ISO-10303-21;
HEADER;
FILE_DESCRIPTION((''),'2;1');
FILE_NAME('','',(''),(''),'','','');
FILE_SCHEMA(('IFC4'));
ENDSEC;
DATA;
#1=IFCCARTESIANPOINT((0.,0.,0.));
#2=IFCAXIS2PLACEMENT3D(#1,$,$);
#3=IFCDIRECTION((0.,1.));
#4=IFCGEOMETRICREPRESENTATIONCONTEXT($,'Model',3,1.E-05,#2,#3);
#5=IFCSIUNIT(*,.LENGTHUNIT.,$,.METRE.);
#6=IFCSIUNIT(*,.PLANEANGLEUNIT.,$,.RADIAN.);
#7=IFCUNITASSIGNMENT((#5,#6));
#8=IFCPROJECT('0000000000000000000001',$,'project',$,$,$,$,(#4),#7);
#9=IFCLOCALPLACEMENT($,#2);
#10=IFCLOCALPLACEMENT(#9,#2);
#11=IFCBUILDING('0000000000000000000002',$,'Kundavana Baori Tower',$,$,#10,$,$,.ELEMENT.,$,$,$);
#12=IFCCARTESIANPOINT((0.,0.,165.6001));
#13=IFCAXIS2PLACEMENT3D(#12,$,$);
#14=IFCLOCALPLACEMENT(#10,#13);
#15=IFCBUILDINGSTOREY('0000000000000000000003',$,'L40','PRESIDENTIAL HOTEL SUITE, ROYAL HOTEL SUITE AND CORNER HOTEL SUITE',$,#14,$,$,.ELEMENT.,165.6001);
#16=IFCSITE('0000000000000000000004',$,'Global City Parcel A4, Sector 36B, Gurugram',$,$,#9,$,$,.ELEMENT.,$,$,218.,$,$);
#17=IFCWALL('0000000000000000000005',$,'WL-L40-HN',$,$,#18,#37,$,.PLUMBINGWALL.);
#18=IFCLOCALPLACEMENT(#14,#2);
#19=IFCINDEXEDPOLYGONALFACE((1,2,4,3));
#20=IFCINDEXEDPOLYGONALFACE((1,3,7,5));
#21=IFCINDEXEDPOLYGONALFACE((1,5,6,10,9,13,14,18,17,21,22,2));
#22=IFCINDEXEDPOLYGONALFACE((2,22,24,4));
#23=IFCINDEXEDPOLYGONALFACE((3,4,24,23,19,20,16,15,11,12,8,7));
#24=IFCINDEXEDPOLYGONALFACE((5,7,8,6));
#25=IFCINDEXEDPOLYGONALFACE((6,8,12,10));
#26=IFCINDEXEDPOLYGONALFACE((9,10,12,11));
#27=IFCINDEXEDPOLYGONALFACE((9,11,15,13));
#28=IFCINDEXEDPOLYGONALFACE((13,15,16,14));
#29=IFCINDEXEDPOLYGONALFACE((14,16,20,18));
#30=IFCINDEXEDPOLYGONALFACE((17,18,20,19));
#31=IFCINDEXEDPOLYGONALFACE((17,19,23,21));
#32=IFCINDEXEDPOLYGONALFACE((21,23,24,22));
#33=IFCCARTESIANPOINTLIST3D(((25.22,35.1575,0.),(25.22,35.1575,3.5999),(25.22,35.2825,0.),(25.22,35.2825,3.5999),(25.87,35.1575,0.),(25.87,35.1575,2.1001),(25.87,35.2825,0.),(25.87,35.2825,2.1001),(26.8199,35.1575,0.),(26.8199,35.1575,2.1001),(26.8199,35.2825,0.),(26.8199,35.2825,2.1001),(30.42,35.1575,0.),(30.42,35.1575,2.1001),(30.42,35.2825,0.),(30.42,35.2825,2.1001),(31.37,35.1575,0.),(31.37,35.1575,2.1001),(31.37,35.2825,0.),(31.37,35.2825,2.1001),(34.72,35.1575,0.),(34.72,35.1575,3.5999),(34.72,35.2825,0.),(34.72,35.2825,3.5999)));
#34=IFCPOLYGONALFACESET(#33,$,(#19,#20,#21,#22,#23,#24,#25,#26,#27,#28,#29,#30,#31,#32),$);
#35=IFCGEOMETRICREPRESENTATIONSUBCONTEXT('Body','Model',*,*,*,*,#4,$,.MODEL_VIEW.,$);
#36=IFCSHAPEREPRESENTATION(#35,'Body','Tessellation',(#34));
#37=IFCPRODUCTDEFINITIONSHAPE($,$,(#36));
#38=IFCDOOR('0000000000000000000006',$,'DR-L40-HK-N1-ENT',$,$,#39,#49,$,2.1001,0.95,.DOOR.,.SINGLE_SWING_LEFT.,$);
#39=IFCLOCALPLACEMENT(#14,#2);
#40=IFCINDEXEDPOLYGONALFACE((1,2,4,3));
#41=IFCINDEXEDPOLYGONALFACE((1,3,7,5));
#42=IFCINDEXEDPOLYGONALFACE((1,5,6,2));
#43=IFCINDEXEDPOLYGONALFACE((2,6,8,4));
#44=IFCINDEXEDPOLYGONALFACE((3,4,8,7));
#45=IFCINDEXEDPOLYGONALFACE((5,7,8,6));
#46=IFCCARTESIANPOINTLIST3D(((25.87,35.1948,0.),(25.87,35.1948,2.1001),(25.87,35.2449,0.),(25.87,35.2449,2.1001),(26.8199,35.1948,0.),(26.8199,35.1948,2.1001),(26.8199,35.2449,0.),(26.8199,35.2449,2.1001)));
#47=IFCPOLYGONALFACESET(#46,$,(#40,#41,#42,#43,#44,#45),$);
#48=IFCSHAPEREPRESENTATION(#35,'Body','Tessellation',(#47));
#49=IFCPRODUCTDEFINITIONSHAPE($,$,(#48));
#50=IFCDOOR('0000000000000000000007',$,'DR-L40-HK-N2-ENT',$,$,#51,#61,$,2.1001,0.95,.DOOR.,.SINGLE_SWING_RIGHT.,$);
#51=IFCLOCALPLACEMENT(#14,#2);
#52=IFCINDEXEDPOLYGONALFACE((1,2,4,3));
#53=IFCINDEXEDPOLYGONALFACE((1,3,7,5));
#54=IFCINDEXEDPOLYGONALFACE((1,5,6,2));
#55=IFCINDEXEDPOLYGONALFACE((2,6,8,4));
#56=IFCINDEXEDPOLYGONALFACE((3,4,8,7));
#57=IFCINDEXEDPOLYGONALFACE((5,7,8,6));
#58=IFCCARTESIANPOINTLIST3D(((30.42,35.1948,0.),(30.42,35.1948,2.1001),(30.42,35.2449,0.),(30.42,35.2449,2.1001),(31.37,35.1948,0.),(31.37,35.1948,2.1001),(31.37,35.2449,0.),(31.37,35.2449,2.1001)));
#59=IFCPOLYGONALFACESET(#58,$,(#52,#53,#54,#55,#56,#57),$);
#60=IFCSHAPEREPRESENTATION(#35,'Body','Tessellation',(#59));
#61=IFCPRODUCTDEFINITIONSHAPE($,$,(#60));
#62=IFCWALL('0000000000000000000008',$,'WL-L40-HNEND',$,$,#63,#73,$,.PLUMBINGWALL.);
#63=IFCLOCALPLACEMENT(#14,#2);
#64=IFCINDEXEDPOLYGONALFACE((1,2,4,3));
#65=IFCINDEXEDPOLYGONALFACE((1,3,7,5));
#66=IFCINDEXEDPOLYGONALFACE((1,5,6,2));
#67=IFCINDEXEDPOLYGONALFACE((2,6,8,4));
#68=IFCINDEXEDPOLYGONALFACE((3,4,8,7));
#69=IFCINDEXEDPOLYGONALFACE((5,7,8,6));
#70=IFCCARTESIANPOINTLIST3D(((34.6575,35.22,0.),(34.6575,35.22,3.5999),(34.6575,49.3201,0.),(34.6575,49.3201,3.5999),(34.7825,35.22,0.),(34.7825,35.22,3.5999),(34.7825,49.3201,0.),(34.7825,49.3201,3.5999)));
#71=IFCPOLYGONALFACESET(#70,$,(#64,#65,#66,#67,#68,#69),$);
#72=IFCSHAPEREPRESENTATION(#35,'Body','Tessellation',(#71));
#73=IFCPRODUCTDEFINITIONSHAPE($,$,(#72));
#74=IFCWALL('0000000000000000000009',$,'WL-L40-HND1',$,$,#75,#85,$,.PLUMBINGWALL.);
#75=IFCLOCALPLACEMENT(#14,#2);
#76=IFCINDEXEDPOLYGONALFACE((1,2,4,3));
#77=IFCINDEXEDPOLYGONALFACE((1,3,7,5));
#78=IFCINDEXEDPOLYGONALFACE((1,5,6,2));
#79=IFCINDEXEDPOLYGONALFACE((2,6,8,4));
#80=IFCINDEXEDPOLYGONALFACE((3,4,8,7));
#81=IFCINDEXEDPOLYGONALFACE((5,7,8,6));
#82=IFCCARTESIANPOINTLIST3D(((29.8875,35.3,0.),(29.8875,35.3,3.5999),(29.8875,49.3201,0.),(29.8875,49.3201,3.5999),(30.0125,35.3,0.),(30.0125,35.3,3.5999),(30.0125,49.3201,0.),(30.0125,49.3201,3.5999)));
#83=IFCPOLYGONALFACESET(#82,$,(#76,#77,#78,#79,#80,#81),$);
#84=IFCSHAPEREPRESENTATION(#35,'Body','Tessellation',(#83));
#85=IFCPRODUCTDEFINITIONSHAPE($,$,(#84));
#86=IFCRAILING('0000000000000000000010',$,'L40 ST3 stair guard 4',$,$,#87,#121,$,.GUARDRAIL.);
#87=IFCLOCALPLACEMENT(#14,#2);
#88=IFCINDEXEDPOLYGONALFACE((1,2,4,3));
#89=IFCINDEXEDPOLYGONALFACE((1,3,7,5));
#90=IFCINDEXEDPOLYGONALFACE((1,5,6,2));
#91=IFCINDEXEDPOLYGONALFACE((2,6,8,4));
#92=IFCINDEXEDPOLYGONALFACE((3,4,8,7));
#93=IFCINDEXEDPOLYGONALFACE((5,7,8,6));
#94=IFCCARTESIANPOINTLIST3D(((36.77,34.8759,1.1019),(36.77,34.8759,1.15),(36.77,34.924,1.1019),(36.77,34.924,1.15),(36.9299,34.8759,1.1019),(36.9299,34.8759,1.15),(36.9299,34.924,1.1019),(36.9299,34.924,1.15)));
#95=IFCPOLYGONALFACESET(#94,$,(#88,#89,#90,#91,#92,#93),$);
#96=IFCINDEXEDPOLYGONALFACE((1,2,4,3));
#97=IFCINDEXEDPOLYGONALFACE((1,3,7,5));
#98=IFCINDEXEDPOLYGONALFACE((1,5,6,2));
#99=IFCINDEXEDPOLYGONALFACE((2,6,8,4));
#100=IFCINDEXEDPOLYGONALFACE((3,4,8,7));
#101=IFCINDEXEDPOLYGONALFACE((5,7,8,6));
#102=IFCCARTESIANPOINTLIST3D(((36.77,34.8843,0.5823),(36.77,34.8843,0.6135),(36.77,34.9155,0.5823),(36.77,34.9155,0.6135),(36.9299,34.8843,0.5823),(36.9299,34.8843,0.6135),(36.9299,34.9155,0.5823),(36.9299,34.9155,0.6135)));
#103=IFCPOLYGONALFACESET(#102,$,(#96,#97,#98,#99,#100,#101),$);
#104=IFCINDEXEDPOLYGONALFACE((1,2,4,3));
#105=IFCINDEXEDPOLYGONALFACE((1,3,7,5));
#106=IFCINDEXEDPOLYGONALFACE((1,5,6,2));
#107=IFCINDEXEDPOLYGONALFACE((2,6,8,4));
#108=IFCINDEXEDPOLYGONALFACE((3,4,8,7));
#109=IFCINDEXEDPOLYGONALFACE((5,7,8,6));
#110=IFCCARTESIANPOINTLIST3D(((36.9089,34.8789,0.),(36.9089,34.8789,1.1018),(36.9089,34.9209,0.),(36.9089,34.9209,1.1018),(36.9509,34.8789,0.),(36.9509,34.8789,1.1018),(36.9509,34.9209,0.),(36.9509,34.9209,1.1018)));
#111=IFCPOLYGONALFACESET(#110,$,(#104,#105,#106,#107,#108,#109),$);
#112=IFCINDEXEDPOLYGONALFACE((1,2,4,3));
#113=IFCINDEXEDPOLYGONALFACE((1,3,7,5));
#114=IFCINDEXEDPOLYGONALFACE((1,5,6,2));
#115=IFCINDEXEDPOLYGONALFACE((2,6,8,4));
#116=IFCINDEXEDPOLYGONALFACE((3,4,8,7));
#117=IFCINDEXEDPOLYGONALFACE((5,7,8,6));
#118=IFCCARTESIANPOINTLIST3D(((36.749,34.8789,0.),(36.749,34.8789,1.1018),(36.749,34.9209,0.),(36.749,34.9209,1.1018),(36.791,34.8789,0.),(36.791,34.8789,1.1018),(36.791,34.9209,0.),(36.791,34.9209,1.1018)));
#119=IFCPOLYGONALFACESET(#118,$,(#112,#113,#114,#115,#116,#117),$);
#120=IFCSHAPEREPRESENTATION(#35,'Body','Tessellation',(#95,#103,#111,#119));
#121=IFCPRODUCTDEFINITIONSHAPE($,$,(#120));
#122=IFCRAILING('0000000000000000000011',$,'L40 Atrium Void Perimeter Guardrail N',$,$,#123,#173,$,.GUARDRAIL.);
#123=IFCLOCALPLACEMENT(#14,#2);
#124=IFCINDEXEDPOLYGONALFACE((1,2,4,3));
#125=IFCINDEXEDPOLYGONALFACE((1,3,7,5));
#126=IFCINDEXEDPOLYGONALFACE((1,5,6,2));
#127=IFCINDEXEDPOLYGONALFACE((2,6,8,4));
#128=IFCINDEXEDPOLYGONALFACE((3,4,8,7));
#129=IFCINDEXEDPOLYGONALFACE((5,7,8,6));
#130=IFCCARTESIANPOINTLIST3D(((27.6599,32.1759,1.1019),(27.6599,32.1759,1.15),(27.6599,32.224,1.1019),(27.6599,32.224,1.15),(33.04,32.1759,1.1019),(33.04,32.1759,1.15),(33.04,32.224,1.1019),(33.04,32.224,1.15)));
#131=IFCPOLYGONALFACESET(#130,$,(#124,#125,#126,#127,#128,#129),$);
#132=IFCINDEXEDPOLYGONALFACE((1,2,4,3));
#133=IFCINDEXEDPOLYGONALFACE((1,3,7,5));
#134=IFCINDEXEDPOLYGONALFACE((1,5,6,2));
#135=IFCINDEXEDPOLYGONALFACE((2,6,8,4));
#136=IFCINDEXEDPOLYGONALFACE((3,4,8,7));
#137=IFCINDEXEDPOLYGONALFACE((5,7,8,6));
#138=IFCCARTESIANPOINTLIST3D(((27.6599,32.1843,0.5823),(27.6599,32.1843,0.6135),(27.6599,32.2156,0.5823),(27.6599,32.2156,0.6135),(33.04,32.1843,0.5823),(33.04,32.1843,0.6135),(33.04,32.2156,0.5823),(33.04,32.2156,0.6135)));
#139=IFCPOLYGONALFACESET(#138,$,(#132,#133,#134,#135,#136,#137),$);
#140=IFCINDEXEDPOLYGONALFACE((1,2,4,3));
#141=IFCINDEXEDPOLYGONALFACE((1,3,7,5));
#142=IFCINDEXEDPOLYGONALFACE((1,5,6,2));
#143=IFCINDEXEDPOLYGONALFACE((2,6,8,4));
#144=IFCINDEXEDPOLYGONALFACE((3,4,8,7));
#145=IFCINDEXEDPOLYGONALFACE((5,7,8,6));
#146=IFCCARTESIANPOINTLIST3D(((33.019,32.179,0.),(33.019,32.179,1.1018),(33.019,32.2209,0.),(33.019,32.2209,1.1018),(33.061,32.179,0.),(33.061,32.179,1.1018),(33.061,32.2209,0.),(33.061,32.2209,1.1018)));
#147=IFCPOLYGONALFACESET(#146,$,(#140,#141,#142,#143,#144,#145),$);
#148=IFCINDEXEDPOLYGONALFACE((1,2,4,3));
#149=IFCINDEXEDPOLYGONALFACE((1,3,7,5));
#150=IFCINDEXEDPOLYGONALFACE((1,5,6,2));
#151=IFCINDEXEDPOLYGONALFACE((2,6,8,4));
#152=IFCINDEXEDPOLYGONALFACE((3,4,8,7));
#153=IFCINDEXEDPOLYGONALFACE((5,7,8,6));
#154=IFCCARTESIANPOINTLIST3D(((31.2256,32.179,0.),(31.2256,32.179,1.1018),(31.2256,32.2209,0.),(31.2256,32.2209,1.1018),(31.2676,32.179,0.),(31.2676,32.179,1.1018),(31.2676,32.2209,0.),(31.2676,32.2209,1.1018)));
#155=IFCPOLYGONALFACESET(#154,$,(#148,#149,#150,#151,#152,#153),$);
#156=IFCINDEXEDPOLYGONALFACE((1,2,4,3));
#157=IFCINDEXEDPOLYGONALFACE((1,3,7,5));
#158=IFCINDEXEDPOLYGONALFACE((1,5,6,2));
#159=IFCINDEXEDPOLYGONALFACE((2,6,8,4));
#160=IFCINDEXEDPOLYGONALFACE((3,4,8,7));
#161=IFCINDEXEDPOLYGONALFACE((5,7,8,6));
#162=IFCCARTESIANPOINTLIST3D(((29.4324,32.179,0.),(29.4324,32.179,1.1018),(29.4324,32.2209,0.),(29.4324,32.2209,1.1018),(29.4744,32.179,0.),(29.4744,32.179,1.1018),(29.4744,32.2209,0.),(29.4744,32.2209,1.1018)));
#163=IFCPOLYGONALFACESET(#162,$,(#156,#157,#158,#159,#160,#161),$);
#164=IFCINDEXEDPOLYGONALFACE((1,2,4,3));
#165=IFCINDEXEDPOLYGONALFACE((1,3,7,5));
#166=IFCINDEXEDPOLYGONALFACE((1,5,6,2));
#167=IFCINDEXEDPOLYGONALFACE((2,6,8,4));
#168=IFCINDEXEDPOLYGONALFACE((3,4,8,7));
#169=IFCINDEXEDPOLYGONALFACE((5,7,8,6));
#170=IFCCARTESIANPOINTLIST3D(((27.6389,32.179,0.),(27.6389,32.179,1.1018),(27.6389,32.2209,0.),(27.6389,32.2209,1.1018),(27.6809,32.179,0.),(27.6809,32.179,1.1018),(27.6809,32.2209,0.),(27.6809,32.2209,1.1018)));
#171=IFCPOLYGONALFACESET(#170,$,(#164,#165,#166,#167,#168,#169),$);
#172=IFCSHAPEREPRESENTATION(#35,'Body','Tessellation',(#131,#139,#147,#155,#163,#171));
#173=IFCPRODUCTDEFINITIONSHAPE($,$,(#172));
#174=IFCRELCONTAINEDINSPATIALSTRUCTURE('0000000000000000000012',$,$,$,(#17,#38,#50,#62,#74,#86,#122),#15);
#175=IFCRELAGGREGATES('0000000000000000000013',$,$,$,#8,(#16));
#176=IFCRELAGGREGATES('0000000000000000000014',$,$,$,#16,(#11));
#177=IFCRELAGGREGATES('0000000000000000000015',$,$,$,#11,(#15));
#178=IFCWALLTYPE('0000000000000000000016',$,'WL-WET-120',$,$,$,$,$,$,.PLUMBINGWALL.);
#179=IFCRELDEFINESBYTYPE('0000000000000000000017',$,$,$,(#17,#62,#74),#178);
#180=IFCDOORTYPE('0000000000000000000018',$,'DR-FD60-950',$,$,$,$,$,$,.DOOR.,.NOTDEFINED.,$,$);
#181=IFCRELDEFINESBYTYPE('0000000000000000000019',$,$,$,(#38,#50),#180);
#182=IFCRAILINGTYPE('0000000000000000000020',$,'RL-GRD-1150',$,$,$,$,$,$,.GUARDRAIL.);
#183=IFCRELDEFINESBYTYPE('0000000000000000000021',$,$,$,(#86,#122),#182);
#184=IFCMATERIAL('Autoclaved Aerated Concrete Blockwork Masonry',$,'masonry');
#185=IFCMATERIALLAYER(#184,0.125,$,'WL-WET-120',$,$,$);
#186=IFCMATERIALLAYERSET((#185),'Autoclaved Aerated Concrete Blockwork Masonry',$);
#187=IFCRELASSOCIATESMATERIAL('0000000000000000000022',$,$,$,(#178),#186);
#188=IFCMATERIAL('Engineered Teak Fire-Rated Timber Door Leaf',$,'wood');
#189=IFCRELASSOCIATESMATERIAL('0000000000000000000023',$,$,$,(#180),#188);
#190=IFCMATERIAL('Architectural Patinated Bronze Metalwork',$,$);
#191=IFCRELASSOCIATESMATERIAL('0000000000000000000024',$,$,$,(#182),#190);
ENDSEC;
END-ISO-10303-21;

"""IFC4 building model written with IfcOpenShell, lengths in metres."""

from ifc_helpers import new_model, si_unit, direction, frame, frame_2d, origin, origin_2d, place, context, subcontext, project, spatial, rectangle, extrude, material, layer, layer_set, type_object, element, fill, save


model = new_model("IFC4")

# Units and contexts
model_context = context("Model", 3, precision=1e-05, world=origin(), true_north=direction((0.0, 1.0)))
body_context = subcontext(model_context, "Body", "Model", "MODEL_VIEW")
ifc_project = project(units=[si_unit("LENGTHUNIT", "METRE"), si_unit("PLANEANGLEUNIT", "RADIAN")], contexts=[model_context])

# Site, building, storey
site_placement = place(None, origin())
site = spatial("IfcSite", under=ifc_project, at=site_placement, Name="Global City Parcel A4, Sector 36B, Gurugram", CompositionType="ELEMENT", RefElevation=218.0)
building_placement = place(site_placement, origin())
building = spatial("IfcBuilding", under=site, at=building_placement, Name="Kundavana Baori Tower", CompositionType="ELEMENT")
storey_placement = place(building_placement, frame((0.0, 0.0, 165.6001)))
storey = spatial("IfcBuildingStorey", under=building, at=storey_placement, Name="L40", Description="PRESIDENTIAL HOTEL SUITE, ROYAL HOTEL SUITE AND CORNER HOTEL SUITE", CompositionType="ELEMENT", Elevation=165.6001)

# Wall, openings, doors
ifc_material_1 = material(Name="Autoclaved Aerated Concrete Blockwork Masonry", Category="masonry")
ifc_layer_1 = layer(ifc_material_1, 0.125, Name="WL-WET-120")
ifc_layer_set_1 = layer_set([ifc_layer_1], Name="Autoclaved Aerated Concrete Blockwork Masonry")
wall_type_1 = type_object("IfcWallType", Name="WL-WET-120", PredefinedType="PLUMBINGWALL", material=ifc_layer_set_1)
wall_1_placement = place(storey_placement, frame((25.22, 35.22, 0.0), z_axis=(0.0, 0.0, 1.0), x_axis=(1.0, 0.0, 0.0)))
wall_1 = element("IfcWall", 1, at=wall_1_placement, inside=storey, type_object=wall_type_1, Name="WL-L40-HN", PredefinedType="PLUMBINGWALL", context=body_context, shape_type="SweptSolid", body=[
    extrude(rectangle(XDim=9.5, YDim=0.125, at=frame_2d((4.75, 0.0))), origin(), (0.0, 0.0, 1.0), 3.5999),
])
opening_1_placement = place(wall_1_placement, frame((0.6499, 0.0, 0.0)))
opening_1 = element("IfcOpeningElement", 2, at=opening_1_placement, cuts=wall_1, PredefinedType="OPENING", context=body_context, shape_type="SweptSolid", body=[
    extrude(rectangle(XDim=0.95, YDim=2.1001, at=frame_2d((0.4751, 1.05))), frame((0.0, 0.0725, 0.0), z_axis=(0.0, -1.0, 0.0), x_axis=(1.0, 0.0, 0.0)), (0.0, 0.0, 1.0), 0.145),
])
opening_2_placement = place(wall_1_placement, frame((5.2, 0.0, 0.0)))
opening_2 = element("IfcOpeningElement", 3, at=opening_2_placement, cuts=wall_1, PredefinedType="OPENING", context=body_context, shape_type="SweptSolid", body=[
    extrude(rectangle(XDim=0.95, YDim=2.1001, at=frame_2d((0.4751, 1.05))), frame((0.0, 0.0725, 0.0), z_axis=(0.0, -1.0, 0.0), x_axis=(1.0, 0.0, 0.0)), (0.0, 0.0, 1.0), 0.145),
])
ifc_material_2 = material(Name="Engineered Teak Fire-Rated Timber Door Leaf", Category="wood")
door_type_1 = type_object("IfcDoorType", Name="DR-FD60-950", OperationType="NOTDEFINED", PredefinedType="DOOR", material=ifc_material_2)
door_1_placement = place(opening_1_placement, origin())
door_1 = element("IfcDoor", 4, at=door_1_placement, inside=storey, type_object=door_type_1, Name="DR-L40-HK-N1-ENT", OperationType="SINGLE_SWING_LEFT", OverallHeight=2.1001, OverallWidth=0.95, PredefinedType="DOOR", context=body_context, shape_type="SweptSolid", body=[
    extrude(rectangle(XDim=0.95, YDim=2.1001, at=frame_2d((0.4751, 1.05))), frame((0.0, 0.0249, 0.0), z_axis=(0.0, -1.0, 0.0), x_axis=(1.0, 0.0, 0.0)), (0.0, 0.0, 1.0), 0.05),
])
fill(opening_1, door_1)
door_2_placement = place(opening_2_placement, origin())
door_2 = element("IfcDoor", 5, at=door_2_placement, inside=storey, type_object=door_type_1, Name="DR-L40-HK-N2-ENT", OperationType="SINGLE_SWING_RIGHT", OverallHeight=2.1001, OverallWidth=0.95, PredefinedType="DOOR", context=body_context, shape_type="SweptSolid", body=[
    extrude(rectangle(XDim=0.95, YDim=2.1001, at=frame_2d((0.4751, 1.05))), frame((0.0, 0.0249, 0.0), z_axis=(0.0, -1.0, 0.0), x_axis=(1.0, 0.0, 0.0)), (0.0, 0.0, 1.0), 0.05),
])
fill(opening_2, door_2)

# Walls
wall_2_placement = place(storey_placement, frame((34.72, 35.22, 0.0), z_axis=(0.0, 0.0, 1.0), x_axis=(0.0, 1.0, 0.0)))
element("IfcWall", 6, at=wall_2_placement, inside=storey, type_object=wall_type_1, Name="WL-L40-HNEND", PredefinedType="PLUMBINGWALL", context=body_context, shape_type="SweptSolid", body=[
    extrude(rectangle(XDim=14.1001, YDim=0.125, at=frame_2d((7.05, 0.0))), origin(), (0.0, 0.0, 1.0), 3.5999),
])
wall_3_placement = place(storey_placement, frame((29.95, 35.3, 0.0), z_axis=(0.0, 0.0, 1.0), x_axis=(0.0, 1.0, 0.0)))
element("IfcWall", 7, at=wall_3_placement, inside=storey, type_object=wall_type_1, Name="WL-L40-HND1", PredefinedType="PLUMBINGWALL", context=body_context, shape_type="SweptSolid", body=[
    extrude(rectangle(XDim=14.02, YDim=0.125, at=frame_2d((7.01, 0.0))), origin(), (0.0, 0.0, 1.0), 3.5999),
])

# Railings
ifc_material_3 = material(Name="Architectural Patinated Bronze Metalwork")
railing_type_1 = type_object("IfcRailingType", Name="RL-GRD-1150", PredefinedType="GUARDRAIL", material=ifc_material_3)
railing_1_placement = place(storey_placement, frame((36.9299, 34.8999, 0.0)))
element("IfcRailing", 8, at=railing_1_placement, inside=storey, type_object=railing_type_1, Name="L40 ST3 stair guard 4", PredefinedType="GUARDRAIL", context=body_context, shape_type="SweptSolid", body=[
    extrude(rectangle(XDim=0.0481, YDim=0.0481, at=origin_2d()), frame((0.0, 0.0, 1.126), z_axis=(-1.0, 0.0, 0.0), x_axis=(0.0, -1.0, 0.0)), (0.0, 0.0, 1.0), 0.1599),
    extrude(rectangle(XDim=0.0312, YDim=0.0312, at=origin_2d()), frame((0.0, 0.0, 0.5979), z_axis=(-1.0, 0.0, 0.0), x_axis=(0.0, -1.0, 0.0)), (0.0, 0.0, 1.0), 0.1599),
    extrude(rectangle(XDim=0.042, YDim=0.042, at=origin_2d()), origin(), (0.0, 0.0, 1.0), 1.1018),
    extrude(rectangle(XDim=0.042, YDim=0.042, at=origin_2d()), frame((-0.1599, 0.0, 0.0)), (0.0, 0.0, 1.0), 1.1018),
])
railing_2_placement = place(storey_placement, frame((33.04, 32.2, 0.0)))
element("IfcRailing", 9, at=railing_2_placement, inside=storey, type_object=railing_type_1, Name="L40 Atrium Void Perimeter Guardrail N", PredefinedType="GUARDRAIL", context=body_context, shape_type="SweptSolid", body=[
    extrude(rectangle(XDim=0.0481, YDim=0.0481, at=origin_2d()), frame((0.0, 0.0, 1.126), z_axis=(-1.0, 0.0, 0.0), x_axis=(0.0, -1.0, 0.0)), (0.0, 0.0, 1.0), 5.3801),
    extrude(rectangle(XDim=0.0312, YDim=0.0312, at=origin_2d()), frame((0.0, 0.0, 0.5979), z_axis=(-1.0, 0.0, 0.0), x_axis=(0.0, -1.0, 0.0)), (0.0, 0.0, 1.0), 5.3801),
    extrude(rectangle(XDim=0.042, YDim=0.042, at=origin_2d()), origin(), (0.0, 0.0, 1.0), 1.1018),
    extrude(rectangle(XDim=0.042, YDim=0.042, at=origin_2d()), frame((-1.7935, 0.0, 0.0)), (0.0, 0.0, 1.0), 1.1018),
    extrude(rectangle(XDim=0.042, YDim=0.042, at=origin_2d()), frame((-3.5867, 0.0, 0.0)), (0.0, 0.0, 1.0), 1.1018),
    extrude(rectangle(XDim=0.042, YDim=0.042, at=origin_2d()), frame((-5.3801, 0.0, 0.0)), (0.0, 0.0, 1.0), 1.1018),
])

save(model, "model.ifc")
